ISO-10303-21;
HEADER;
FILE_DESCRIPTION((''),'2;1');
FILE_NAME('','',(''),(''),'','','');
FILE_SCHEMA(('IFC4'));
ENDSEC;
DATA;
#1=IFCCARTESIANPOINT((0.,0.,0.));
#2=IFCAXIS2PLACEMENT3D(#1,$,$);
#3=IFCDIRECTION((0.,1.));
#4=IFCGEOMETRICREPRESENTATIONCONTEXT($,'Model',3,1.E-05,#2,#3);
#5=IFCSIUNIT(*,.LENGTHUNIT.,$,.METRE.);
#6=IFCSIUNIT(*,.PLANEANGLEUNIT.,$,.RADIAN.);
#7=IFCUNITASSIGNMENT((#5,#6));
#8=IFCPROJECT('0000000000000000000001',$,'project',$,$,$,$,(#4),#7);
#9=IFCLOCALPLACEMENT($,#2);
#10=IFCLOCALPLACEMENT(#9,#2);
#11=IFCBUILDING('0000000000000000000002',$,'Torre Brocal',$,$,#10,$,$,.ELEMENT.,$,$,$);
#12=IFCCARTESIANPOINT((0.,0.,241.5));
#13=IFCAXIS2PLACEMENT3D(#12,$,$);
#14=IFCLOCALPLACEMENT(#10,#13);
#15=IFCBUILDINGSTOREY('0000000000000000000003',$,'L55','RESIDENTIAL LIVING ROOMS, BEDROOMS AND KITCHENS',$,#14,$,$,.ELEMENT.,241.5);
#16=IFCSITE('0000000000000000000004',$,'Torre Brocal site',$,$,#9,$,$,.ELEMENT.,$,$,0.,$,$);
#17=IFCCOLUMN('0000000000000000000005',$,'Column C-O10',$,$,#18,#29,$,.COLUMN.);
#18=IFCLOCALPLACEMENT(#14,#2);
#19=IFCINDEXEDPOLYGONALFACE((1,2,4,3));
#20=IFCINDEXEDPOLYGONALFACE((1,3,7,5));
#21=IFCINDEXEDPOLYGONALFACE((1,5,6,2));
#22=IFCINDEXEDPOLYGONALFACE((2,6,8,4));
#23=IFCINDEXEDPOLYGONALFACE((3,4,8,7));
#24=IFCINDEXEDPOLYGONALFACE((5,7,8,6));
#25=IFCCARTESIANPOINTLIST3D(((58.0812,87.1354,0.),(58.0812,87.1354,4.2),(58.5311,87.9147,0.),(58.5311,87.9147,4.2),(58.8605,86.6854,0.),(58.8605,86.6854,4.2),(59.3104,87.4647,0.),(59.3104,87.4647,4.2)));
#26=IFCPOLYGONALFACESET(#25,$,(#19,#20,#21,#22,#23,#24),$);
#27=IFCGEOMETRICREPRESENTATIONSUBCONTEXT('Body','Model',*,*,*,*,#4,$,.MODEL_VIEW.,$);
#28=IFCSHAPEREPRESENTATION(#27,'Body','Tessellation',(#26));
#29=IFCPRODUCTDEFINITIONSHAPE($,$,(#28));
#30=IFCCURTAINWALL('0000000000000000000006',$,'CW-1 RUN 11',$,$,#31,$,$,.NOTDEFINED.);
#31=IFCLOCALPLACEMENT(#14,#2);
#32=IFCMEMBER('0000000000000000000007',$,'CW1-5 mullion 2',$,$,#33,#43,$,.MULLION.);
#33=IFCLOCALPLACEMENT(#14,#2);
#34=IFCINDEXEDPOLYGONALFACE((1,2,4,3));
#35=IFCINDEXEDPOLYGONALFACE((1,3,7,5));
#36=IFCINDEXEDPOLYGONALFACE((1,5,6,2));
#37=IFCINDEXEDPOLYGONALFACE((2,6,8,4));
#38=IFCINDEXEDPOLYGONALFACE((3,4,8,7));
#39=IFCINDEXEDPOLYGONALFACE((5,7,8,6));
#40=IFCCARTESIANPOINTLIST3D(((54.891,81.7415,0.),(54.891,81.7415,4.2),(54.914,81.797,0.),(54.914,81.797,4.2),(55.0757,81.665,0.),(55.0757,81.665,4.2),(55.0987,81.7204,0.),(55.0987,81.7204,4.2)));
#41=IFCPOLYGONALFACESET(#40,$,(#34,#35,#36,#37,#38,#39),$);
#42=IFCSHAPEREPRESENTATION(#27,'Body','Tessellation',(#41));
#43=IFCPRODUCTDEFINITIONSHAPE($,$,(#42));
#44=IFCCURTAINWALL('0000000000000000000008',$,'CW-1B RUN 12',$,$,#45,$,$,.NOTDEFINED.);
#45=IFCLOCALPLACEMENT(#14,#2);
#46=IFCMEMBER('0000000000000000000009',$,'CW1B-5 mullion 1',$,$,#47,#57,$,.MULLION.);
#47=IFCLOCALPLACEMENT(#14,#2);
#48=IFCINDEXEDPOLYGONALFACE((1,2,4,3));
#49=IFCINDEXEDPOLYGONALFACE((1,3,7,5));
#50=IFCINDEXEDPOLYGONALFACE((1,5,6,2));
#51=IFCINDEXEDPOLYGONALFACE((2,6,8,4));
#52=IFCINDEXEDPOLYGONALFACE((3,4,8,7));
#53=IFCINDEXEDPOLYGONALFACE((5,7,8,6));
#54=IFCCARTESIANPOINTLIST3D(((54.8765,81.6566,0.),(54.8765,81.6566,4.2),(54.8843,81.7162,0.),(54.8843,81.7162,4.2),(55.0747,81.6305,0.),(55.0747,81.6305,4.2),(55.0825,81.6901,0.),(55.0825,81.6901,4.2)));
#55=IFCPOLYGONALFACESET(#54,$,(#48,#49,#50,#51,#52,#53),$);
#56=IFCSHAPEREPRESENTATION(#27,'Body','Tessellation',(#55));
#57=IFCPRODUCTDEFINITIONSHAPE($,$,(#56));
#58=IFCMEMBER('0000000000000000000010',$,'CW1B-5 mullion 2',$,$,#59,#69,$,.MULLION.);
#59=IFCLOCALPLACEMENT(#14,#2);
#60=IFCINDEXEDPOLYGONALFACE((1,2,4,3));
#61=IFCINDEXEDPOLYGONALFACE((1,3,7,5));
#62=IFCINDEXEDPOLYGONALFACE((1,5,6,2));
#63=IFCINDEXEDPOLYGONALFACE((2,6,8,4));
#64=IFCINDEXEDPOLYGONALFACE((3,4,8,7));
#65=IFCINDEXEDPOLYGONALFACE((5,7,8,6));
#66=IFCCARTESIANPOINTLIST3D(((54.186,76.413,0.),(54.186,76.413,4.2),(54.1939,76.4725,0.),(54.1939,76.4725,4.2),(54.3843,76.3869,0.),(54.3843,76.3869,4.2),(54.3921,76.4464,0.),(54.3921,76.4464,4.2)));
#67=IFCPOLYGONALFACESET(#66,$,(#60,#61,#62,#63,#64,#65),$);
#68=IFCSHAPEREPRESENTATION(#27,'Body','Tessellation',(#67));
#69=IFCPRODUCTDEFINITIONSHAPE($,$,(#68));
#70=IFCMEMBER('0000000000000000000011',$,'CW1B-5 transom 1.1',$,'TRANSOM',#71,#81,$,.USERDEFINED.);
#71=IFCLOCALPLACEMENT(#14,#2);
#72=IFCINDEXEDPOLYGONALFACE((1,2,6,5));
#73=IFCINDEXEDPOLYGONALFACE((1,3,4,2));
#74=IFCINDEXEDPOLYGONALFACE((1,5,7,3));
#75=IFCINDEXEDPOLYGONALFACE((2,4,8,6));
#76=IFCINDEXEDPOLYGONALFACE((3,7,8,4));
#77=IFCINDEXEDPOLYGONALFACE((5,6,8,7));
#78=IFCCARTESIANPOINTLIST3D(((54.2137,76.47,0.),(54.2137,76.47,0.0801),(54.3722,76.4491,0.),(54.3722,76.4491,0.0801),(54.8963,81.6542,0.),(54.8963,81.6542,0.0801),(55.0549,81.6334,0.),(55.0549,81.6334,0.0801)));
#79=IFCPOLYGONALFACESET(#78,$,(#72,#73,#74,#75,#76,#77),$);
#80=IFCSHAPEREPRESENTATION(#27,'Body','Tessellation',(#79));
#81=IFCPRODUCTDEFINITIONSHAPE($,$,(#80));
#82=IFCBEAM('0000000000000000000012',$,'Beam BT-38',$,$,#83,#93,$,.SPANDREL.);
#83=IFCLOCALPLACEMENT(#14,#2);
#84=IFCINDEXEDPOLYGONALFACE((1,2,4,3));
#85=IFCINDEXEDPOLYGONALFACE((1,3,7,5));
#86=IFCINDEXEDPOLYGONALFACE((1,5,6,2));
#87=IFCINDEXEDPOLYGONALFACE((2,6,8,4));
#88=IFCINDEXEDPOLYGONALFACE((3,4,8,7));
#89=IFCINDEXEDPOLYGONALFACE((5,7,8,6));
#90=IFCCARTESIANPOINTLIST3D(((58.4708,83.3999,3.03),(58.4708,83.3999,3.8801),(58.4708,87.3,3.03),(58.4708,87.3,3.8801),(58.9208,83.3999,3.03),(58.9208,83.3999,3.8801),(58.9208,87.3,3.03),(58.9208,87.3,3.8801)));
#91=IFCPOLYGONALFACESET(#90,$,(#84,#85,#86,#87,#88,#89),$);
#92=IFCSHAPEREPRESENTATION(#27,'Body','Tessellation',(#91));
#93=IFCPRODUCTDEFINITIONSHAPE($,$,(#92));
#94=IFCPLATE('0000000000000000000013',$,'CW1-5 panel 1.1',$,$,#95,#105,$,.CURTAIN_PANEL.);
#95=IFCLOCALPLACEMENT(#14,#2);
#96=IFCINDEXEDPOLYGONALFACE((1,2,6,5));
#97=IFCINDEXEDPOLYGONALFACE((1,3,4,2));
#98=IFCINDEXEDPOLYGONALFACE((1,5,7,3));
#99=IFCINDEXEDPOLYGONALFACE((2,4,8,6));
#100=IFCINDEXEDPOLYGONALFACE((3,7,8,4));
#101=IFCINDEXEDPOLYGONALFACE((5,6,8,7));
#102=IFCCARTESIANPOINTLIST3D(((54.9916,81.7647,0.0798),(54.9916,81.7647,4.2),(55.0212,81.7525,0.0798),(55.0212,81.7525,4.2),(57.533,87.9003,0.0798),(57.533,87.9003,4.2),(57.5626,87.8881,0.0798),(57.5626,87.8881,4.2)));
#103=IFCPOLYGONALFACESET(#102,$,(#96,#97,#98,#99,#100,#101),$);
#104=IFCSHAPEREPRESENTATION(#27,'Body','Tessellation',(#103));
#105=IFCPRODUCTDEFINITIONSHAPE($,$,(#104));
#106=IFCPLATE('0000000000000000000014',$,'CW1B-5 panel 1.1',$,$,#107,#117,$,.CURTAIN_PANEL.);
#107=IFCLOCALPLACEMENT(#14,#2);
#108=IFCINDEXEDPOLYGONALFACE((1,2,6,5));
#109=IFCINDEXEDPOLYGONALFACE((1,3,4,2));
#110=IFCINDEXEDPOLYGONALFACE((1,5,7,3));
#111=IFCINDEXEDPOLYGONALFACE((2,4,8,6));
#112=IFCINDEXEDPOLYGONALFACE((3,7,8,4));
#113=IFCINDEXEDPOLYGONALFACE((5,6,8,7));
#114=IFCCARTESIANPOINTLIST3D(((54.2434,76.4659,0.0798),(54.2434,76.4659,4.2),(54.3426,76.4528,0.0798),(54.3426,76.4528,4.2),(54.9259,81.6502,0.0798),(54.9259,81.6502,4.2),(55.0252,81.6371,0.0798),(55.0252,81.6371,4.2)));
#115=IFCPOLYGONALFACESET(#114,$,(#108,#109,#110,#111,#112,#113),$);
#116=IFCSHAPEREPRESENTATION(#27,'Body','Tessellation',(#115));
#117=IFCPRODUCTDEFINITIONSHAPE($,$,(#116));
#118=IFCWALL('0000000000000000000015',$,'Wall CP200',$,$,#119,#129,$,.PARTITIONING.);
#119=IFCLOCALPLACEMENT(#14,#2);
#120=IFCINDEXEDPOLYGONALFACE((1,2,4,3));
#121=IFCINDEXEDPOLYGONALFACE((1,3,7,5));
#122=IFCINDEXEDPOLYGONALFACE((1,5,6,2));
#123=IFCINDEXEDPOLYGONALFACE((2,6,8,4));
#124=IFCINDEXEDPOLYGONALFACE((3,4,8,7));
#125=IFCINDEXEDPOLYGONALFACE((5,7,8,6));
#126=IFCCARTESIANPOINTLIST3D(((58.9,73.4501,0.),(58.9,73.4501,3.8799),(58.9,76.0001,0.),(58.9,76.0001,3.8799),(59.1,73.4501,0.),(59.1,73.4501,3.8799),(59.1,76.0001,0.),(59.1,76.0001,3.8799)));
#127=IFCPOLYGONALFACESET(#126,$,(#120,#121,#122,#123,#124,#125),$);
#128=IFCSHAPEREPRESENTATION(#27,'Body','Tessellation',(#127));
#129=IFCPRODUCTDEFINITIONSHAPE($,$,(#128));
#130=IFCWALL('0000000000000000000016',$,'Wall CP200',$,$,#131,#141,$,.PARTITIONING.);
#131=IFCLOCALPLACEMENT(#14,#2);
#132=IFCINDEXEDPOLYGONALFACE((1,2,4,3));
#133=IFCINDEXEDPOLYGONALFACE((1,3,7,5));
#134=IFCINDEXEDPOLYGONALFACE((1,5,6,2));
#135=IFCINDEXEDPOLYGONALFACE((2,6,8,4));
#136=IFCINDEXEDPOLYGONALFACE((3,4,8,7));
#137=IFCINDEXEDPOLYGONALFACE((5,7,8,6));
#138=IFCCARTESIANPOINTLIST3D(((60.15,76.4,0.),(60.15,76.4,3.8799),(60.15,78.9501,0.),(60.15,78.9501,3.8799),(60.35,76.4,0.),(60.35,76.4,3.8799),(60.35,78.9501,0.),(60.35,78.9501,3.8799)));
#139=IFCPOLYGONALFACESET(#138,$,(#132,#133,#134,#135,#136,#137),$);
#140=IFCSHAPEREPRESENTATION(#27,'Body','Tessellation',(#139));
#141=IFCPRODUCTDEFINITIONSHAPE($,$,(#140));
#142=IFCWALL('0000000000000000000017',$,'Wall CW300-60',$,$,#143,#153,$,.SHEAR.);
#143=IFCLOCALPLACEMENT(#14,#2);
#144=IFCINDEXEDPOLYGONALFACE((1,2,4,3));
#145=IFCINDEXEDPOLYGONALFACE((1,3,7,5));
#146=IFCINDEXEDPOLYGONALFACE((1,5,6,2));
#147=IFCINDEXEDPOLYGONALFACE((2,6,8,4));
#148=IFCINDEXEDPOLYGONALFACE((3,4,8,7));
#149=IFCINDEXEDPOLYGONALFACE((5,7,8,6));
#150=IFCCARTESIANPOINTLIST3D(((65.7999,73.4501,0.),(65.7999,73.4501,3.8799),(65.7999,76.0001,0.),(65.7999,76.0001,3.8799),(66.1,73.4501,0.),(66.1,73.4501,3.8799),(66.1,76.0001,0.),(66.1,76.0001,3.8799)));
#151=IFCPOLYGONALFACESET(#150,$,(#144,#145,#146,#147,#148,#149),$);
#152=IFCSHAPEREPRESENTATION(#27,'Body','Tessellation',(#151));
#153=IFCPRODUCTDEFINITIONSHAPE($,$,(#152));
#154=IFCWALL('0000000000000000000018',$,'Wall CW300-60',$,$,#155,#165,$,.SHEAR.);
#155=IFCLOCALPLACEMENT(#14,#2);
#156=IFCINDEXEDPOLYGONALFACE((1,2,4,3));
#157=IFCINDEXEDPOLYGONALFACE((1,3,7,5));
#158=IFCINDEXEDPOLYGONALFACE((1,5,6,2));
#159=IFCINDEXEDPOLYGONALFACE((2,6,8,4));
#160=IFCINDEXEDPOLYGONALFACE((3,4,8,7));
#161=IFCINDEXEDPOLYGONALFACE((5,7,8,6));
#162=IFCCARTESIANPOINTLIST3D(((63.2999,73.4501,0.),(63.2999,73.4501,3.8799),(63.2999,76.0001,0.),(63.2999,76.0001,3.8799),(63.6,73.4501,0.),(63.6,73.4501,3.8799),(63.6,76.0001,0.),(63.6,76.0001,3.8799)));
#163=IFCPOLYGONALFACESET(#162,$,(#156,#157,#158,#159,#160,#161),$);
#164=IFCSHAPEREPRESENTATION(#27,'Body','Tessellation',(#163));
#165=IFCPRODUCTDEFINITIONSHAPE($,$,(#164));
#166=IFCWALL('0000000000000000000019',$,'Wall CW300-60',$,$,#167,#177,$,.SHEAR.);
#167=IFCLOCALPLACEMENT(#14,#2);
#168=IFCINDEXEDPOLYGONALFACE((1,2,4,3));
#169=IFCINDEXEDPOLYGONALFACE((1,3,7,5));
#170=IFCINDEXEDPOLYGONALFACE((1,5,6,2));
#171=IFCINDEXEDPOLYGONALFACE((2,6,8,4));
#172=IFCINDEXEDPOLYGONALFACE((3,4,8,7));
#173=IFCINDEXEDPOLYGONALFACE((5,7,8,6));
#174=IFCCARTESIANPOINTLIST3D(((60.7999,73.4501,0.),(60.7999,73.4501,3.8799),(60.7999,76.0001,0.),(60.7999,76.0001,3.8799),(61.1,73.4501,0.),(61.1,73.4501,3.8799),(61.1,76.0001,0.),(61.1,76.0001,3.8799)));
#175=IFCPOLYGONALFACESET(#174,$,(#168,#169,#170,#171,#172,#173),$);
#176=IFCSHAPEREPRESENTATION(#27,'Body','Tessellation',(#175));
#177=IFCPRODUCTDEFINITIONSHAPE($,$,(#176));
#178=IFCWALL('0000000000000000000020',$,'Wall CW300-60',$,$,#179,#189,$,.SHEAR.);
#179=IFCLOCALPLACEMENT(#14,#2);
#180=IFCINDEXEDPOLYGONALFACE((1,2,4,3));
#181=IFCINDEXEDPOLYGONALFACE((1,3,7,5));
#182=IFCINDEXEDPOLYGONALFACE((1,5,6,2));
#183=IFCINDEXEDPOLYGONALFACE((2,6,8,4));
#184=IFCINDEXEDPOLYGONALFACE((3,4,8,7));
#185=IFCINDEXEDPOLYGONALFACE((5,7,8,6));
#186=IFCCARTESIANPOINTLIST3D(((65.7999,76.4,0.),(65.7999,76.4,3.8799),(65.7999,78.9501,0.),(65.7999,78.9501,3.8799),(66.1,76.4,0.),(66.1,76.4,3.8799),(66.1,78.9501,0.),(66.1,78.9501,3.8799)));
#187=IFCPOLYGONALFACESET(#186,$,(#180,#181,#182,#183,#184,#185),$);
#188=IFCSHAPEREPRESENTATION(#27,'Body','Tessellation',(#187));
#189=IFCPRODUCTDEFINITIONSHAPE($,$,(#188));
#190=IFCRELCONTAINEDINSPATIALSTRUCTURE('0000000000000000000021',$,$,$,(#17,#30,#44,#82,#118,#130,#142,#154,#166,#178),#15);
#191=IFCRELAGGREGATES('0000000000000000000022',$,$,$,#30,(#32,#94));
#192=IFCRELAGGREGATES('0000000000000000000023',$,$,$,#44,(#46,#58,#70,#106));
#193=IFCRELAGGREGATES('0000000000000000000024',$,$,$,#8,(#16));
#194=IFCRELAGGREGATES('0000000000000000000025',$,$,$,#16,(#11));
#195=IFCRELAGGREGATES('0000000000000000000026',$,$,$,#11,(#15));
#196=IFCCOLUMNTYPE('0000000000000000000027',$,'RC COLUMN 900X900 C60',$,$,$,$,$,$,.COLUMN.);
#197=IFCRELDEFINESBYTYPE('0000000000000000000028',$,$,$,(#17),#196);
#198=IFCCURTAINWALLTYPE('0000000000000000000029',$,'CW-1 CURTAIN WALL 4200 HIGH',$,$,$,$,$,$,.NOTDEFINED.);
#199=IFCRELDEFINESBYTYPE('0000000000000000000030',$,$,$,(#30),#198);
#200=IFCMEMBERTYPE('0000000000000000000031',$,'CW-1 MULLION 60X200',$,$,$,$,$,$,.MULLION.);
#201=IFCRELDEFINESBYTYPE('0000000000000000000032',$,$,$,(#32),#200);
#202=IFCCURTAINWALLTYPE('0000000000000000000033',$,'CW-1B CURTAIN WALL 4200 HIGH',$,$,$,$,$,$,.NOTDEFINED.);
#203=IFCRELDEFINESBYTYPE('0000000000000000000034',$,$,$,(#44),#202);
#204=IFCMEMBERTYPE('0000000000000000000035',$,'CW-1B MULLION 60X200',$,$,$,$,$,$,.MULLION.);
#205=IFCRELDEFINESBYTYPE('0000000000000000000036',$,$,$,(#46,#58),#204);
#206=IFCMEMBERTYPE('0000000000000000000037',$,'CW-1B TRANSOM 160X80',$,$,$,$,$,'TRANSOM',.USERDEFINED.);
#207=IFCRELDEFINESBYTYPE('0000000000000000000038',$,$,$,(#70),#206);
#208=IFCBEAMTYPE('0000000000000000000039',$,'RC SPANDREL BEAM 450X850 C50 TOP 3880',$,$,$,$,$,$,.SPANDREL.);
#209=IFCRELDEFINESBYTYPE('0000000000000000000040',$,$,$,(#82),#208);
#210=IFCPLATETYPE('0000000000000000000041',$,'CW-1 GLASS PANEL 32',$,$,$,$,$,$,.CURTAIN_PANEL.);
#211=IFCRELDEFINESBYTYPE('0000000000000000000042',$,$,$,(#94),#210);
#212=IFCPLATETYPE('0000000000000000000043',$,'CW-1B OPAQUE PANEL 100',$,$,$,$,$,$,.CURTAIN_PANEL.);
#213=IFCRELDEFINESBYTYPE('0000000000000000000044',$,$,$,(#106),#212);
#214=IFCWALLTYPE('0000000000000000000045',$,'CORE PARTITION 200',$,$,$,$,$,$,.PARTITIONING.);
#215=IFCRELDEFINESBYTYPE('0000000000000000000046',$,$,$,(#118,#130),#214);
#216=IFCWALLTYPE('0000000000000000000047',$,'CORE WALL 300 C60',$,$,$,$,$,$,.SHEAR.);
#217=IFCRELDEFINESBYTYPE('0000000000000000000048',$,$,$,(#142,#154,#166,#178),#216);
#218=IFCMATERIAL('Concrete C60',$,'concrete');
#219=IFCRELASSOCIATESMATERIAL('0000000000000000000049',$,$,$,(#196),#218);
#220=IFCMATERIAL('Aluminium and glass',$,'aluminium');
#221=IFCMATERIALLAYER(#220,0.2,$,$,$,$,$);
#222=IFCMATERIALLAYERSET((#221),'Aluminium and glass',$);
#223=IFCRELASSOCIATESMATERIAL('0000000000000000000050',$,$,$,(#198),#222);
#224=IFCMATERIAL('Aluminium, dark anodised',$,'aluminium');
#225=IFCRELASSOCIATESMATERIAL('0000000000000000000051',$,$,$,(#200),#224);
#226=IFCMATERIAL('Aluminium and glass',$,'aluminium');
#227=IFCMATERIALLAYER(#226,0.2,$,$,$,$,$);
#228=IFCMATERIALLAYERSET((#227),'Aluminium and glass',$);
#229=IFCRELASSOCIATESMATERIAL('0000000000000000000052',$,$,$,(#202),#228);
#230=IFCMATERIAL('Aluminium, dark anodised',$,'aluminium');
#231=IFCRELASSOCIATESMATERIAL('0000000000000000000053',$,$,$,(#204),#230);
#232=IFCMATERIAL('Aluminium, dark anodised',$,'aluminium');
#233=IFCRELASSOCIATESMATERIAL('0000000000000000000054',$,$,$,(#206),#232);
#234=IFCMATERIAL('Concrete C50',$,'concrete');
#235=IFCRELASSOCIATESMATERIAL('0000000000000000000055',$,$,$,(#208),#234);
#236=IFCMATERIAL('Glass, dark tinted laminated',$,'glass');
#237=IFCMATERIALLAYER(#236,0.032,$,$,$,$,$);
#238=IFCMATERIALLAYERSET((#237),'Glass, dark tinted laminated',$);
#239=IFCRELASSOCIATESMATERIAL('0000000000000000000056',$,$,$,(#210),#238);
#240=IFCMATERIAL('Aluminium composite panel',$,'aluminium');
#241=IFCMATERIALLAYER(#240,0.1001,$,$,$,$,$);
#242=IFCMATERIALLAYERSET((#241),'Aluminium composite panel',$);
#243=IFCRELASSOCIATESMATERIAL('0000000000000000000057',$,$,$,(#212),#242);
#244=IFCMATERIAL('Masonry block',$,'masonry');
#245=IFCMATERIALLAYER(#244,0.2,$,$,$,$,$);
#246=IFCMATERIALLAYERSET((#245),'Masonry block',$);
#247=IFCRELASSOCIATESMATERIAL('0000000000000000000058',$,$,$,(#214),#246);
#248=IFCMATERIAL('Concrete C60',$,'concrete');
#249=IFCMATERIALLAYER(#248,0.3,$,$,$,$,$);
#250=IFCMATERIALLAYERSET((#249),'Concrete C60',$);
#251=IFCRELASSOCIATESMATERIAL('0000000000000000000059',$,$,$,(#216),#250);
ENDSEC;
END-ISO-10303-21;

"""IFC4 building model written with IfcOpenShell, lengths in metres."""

from ifc_helpers import new_model, si_unit, direction, frame, frame_2d, origin, origin_2d, place, context, subcontext, project, spatial, rectangle, extrude, material, layer, layer_set, material_profile, profile_set, type_object, element, aggregate, save


model = new_model("IFC4")

# Units and contexts
model_context = context("Model", 3, precision=1e-05, world=origin(), true_north=direction((0.0, 1.0)))
body_context = subcontext(model_context, "Body", "Model", "MODEL_VIEW")
ifc_project = project(units=[si_unit("LENGTHUNIT", "METRE"), si_unit("PLANEANGLEUNIT", "RADIAN")], contexts=[model_context])

# Site, building, storey
site_placement = place(None, origin())
site = spatial("IfcSite", under=ifc_project, at=site_placement, Name="Torre Brocal site", CompositionType="ELEMENT", RefElevation=0.0)
building_placement = place(site_placement, origin())
building = spatial("IfcBuilding", under=site, at=building_placement, Name="Torre Brocal", CompositionType="ELEMENT")
storey_placement = place(building_placement, frame((0.0, 0.0, 241.5)))
storey = spatial("IfcBuildingStorey", under=building, at=storey_placement, Name="L55", Description="RESIDENTIAL LIVING ROOMS, BEDROOMS AND KITCHENS", CompositionType="ELEMENT", Elevation=241.5)

# Column
ifc_material_1 = material(Name="Concrete C60", Category="concrete")
ifc_material_profile_1 = material_profile(ifc_material_1, rectangle(XDim=0.8999, YDim=0.8999, at=origin_2d()), Name="RC 900X900")
ifc_profile_set_1 = profile_set([ifc_material_profile_1], Name="Concrete C60")
column_type = type_object("IfcColumnType", Name="RC COLUMN 900X900 C60", PredefinedType="COLUMN", material=ifc_profile_set_1)
column_placement = place(storey_placement, frame((58.6958, 87.3, 0.0), z_axis=(0.0, 0.0, 1.0), x_axis=(-0.866025, 0.5, 0.0)))
element("IfcColumn", 1, at=column_placement, inside=storey, type_object=column_type, Name="Column C-O10", PredefinedType="COLUMN", context=body_context, shape_type="SweptSolid", body=[
    extrude(rectangle(XDim=0.8999, YDim=0.8999, at=origin_2d()), origin(), (0.0, 0.0, 1.0), 4.2),
])

# Curtain wall, member
ifc_material_2 = material(Name="Aluminium and glass", Category="aluminium")
ifc_layer_1 = layer(ifc_material_2, 0.2)
ifc_layer_set_1 = layer_set([ifc_layer_1], Name="Aluminium and glass")
curtain_wall_type_1 = type_object("IfcCurtainWallType", Name="CW-1 CURTAIN WALL 4200 HIGH", PredefinedType="NOTDEFINED", material=ifc_layer_set_1)
curtain_wall_1_placement = place(storey_placement, origin())
curtain_wall_1 = element("IfcCurtainWall", 2, at=curtain_wall_1_placement, inside=storey, type_object=curtain_wall_type_1, Name="CW-1 RUN 11", PredefinedType="NOTDEFINED")
ifc_material_3 = material(Name="Aluminium, dark anodised", Category="aluminium")
ifc_material_profile_2 = material_profile(ifc_material_3, rectangle(XDim=0.2, YDim=0.0601, at=origin_2d()), Name="CW-1 MULLION 60X200")
ifc_profile_set_2 = profile_set([ifc_material_profile_2], Name="Aluminium, dark anodised")
member_type_1 = type_object("IfcMemberType", Name="CW-1 MULLION 60X200", PredefinedType="MULLION", material=ifc_profile_set_2)
member_1_placement = place(storey_placement, frame((54.9949, 81.731, 0.0), z_axis=(0.0, 0.0, 1.0), x_axis=(0.92388, -0.382683, 0.0)))
member_1 = element("IfcMember", 3, at=member_1_placement, type_object=member_type_1, Name="CW1-5 mullion 2", PredefinedType="MULLION", context=body_context, shape_type="SweptSolid", body=[
    extrude(rectangle(XDim=0.2, YDim=0.0601, at=origin_2d()), origin(), (0.0, 0.0, 1.0), 4.2),
])

# Curtain wall, members
ifc_material_4 = material(Name="Aluminium and glass", Category="aluminium")
ifc_layer_2 = layer(ifc_material_4, 0.2)
ifc_layer_set_2 = layer_set([ifc_layer_2], Name="Aluminium and glass")
curtain_wall_type_2 = type_object("IfcCurtainWallType", Name="CW-1B CURTAIN WALL 4200 HIGH", PredefinedType="NOTDEFINED", material=ifc_layer_set_2)
curtain_wall_2_placement = place(storey_placement, origin())
curtain_wall_2 = element("IfcCurtainWall", 4, at=curtain_wall_2_placement, inside=storey, type_object=curtain_wall_type_2, Name="CW-1B RUN 12", PredefinedType="NOTDEFINED")
ifc_material_5 = material(Name="Aluminium, dark anodised", Category="aluminium")
ifc_material_profile_3 = material_profile(ifc_material_5, rectangle(XDim=0.2, YDim=0.0601, at=origin_2d()), Name="CW-1B MULLION 60X200")
ifc_profile_set_3 = profile_set([ifc_material_profile_3], Name="Aluminium, dark anodised")
member_type_2 = type_object("IfcMemberType", Name="CW-1B MULLION 60X200", PredefinedType="MULLION", material=ifc_profile_set_3)
member_2_placement = place(storey_placement, frame((54.9795, 81.6733, 0.0), z_axis=(0.0, 0.0, 1.0), x_axis=(0.991445, -0.130526, 0.0)))
member_2 = element("IfcMember", 5, at=member_2_placement, type_object=member_type_2, Name="CW1B-5 mullion 1", PredefinedType="MULLION", context=body_context, shape_type="SweptSolid", body=[
    extrude(rectangle(XDim=0.2, YDim=0.0601, at=origin_2d()), origin(), (0.0, 0.0, 1.0), 4.2),
])
member_3_placement = place(storey_placement, frame((54.2891, 76.4297, 0.0), z_axis=(0.0, 0.0, 1.0), x_axis=(0.991445, -0.130526, 0.0)))
member_3 = element("IfcMember", 6, at=member_3_placement, type_object=member_type_2, Name="CW1B-5 mullion 2", PredefinedType="MULLION", context=body_context, shape_type="SweptSolid", body=[
    extrude(rectangle(XDim=0.2, YDim=0.0601, at=origin_2d()), origin(), (0.0, 0.0, 1.0), 4.2),
])
ifc_material_6 = material(Name="Aluminium, dark anodised", Category="aluminium")
ifc_material_profile_4 = material_profile(ifc_material_6, rectangle(XDim=0.1599, YDim=0.0801, at=origin_2d()), Name="CW-1B TRANSOM 160X80")
ifc_profile_set_4 = profile_set([ifc_material_profile_4], Name="Aluminium, dark anodised")
member_type_3 = type_object("IfcMemberType", Name="CW-1B TRANSOM 160X80", ElementType="TRANSOM", PredefinedType="USERDEFINED", material=ifc_profile_set_4)
member_4_placement = place(storey_placement, frame((54.9756, 81.6438, 0.04), z_axis=(-0.130543, -0.991443, 0.0), x_axis=(0.991443, -0.130543, 0.0)))
member_4 = element("IfcMember", 7, at=member_4_placement, type_object=member_type_3, Name="CW1B-5 transom 1.1", ObjectType="TRANSOM", PredefinedType="USERDEFINED", context=body_context, shape_type="SweptSolid", body=[
    extrude(rectangle(XDim=0.1599, YDim=0.0801, at=origin_2d()), origin(), (0.0, 0.0, 1.0), 5.229),
])

# Beam
ifc_material_7 = material(Name="Concrete C50", Category="concrete")
ifc_material_profile_5 = material_profile(ifc_material_7, rectangle(XDim=0.45, YDim=0.8501, at=origin_2d()), Name="RC 450X850")
ifc_profile_set_5 = profile_set([ifc_material_profile_5], Name="Concrete C50")
beam_type = type_object("IfcBeamType", Name="RC SPANDREL BEAM 450X850 C50 TOP 3880", PredefinedType="SPANDREL", material=ifc_profile_set_5)
beam_placement = place(storey_placement, frame((58.6958, 87.3, 3.4551), z_axis=(0.0, -1.0, 0.0), x_axis=(1.0, 0.0, 0.0)))
element("IfcBeam", 8, at=beam_placement, inside=storey, type_object=beam_type, Name="Beam BT-38", PredefinedType="SPANDREL", context=body_context, shape_type="SweptSolid", body=[
    extrude(rectangle(XDim=0.45, YDim=0.8501, at=origin_2d()), origin(), (0.0, 0.0, 1.0), 3.9001),
])

# Plates
ifc_material_8 = material(Name="Glass, dark tinted laminated", Category="glass")
ifc_layer_3 = layer(ifc_material_8, 0.032)
ifc_layer_set_3 = layer_set([ifc_layer_3], Name="Glass, dark tinted laminated")
plate_type_1 = type_object("IfcPlateType", Name="CW-1 GLASS PANEL 32", PredefinedType="CURTAIN_PANEL", material=ifc_layer_set_3)
plate_1_placement = place(storey_placement, frame((56.2771, 84.8264, 0.0798), z_axis=(0.0, 0.0, 1.0), x_axis=(-0.382683, -0.92388, 0.0)))
plate_1 = element("IfcPlate", 9, at=plate_1_placement, type_object=plate_type_1, Name="CW1-5 panel 1.1", PredefinedType="CURTAIN_PANEL", context=body_context, shape_type="SweptSolid", body=[
    extrude(rectangle(XDim=6.6411, YDim=0.032, at=origin_2d()), origin(), (0.0, 0.0, 1.0), 4.1201),
])
aggregate(curtain_wall_1, [member_1, plate_1])
ifc_material_9 = material(Name="Aluminium composite panel", Category="aluminium")
ifc_layer_4 = layer(ifc_material_9, 0.1001)
ifc_layer_set_4 = layer_set([ifc_layer_4], Name="Aluminium composite panel")
plate_type_2 = type_object("IfcPlateType", Name="CW-1B OPAQUE PANEL 100", PredefinedType="CURTAIN_PANEL", material=ifc_layer_set_4)
plate_2_placement = place(storey_placement, frame((54.6343, 79.0515, 0.0798), z_axis=(0.0, 0.0, 1.0), x_axis=(-0.130526, -0.991445, 0.0)))
plate_2 = element("IfcPlate", 10, at=plate_2_placement, type_object=plate_type_2, Name="CW1B-5 panel 1.1", PredefinedType="CURTAIN_PANEL", context=body_context, shape_type="SweptSolid", body=[
    extrude(rectangle(XDim=5.229, YDim=0.1001, at=origin_2d()), origin(), (0.0, 0.0, 1.0), 4.1201),
])
aggregate(curtain_wall_2, [member_2, member_3, member_4, plate_2])

# Walls
ifc_material_10 = material(Name="Masonry block", Category="masonry")
ifc_layer_5 = layer(ifc_material_10, 0.2)
ifc_layer_set_5 = layer_set([ifc_layer_5], Name="Masonry block")
wall_type_1 = type_object("IfcWallType", Name="CORE PARTITION 200", PredefinedType="PARTITIONING", material=ifc_layer_set_5)
for number, where, z_axis, x_axis, name in (
    (11, (59.0, 76.0, 0.0), (0.0, 0.0, 1.0), (0.0, -1.0, 0.0), "Wall CP200"),
    (12, (60.25, 78.95, 0.0), (0.0, 0.0, 1.0), (0.0, -1.0, 0.0), "Wall CP200"),
):
    element("IfcWall", number, at=place(storey_placement, frame(where, z_axis=z_axis, x_axis=x_axis)), inside=storey, type_object=wall_type_1, Name=name, PredefinedType="PARTITIONING", context=body_context, shape_type="SweptSolid", body=[
        extrude(rectangle(XDim=2.55, YDim=0.2, at=frame_2d((1.2749, 0.0))), origin(), (0.0, 0.0, 1.0), 3.8799),
    ])
ifc_material_11 = material(Name="Concrete C60", Category="concrete")
ifc_layer_6 = layer(ifc_material_11, 0.3)
ifc_layer_set_6 = layer_set([ifc_layer_6], Name="Concrete C60")
wall_type_2 = type_object("IfcWallType", Name="CORE WALL 300 C60", PredefinedType="SHEAR", material=ifc_layer_set_6)
for number, where, z_axis, x_axis, name in (
    (13, (65.95, 76.0, 0.0), (0.0, 0.0, 1.0), (0.0, -1.0, 0.0), "Wall CW300-60"),
    (14, (63.45, 76.0, 0.0), (0.0, 0.0, 1.0), (0.0, -1.0, 0.0), "Wall CW300-60"),
    (15, (60.95, 76.0, 0.0), (0.0, 0.0, 1.0), (0.0, -1.0, 0.0), "Wall CW300-60"),
    (16, (65.95, 78.95, 0.0), (0.0, 0.0, 1.0), (0.0, -1.0, 0.0), "Wall CW300-60"),
):
    element("IfcWall", number, at=place(storey_placement, frame(where, z_axis=z_axis, x_axis=x_axis)), inside=storey, type_object=wall_type_2, Name=name, PredefinedType="SHEAR", context=body_context, shape_type="SweptSolid", body=[
        extrude(rectangle(XDim=2.55, YDim=0.3, at=frame_2d((1.2749, 0.0))), origin(), (0.0, 0.0, 1.0), 3.8799),
    ])

save(model, "model.ifc")
